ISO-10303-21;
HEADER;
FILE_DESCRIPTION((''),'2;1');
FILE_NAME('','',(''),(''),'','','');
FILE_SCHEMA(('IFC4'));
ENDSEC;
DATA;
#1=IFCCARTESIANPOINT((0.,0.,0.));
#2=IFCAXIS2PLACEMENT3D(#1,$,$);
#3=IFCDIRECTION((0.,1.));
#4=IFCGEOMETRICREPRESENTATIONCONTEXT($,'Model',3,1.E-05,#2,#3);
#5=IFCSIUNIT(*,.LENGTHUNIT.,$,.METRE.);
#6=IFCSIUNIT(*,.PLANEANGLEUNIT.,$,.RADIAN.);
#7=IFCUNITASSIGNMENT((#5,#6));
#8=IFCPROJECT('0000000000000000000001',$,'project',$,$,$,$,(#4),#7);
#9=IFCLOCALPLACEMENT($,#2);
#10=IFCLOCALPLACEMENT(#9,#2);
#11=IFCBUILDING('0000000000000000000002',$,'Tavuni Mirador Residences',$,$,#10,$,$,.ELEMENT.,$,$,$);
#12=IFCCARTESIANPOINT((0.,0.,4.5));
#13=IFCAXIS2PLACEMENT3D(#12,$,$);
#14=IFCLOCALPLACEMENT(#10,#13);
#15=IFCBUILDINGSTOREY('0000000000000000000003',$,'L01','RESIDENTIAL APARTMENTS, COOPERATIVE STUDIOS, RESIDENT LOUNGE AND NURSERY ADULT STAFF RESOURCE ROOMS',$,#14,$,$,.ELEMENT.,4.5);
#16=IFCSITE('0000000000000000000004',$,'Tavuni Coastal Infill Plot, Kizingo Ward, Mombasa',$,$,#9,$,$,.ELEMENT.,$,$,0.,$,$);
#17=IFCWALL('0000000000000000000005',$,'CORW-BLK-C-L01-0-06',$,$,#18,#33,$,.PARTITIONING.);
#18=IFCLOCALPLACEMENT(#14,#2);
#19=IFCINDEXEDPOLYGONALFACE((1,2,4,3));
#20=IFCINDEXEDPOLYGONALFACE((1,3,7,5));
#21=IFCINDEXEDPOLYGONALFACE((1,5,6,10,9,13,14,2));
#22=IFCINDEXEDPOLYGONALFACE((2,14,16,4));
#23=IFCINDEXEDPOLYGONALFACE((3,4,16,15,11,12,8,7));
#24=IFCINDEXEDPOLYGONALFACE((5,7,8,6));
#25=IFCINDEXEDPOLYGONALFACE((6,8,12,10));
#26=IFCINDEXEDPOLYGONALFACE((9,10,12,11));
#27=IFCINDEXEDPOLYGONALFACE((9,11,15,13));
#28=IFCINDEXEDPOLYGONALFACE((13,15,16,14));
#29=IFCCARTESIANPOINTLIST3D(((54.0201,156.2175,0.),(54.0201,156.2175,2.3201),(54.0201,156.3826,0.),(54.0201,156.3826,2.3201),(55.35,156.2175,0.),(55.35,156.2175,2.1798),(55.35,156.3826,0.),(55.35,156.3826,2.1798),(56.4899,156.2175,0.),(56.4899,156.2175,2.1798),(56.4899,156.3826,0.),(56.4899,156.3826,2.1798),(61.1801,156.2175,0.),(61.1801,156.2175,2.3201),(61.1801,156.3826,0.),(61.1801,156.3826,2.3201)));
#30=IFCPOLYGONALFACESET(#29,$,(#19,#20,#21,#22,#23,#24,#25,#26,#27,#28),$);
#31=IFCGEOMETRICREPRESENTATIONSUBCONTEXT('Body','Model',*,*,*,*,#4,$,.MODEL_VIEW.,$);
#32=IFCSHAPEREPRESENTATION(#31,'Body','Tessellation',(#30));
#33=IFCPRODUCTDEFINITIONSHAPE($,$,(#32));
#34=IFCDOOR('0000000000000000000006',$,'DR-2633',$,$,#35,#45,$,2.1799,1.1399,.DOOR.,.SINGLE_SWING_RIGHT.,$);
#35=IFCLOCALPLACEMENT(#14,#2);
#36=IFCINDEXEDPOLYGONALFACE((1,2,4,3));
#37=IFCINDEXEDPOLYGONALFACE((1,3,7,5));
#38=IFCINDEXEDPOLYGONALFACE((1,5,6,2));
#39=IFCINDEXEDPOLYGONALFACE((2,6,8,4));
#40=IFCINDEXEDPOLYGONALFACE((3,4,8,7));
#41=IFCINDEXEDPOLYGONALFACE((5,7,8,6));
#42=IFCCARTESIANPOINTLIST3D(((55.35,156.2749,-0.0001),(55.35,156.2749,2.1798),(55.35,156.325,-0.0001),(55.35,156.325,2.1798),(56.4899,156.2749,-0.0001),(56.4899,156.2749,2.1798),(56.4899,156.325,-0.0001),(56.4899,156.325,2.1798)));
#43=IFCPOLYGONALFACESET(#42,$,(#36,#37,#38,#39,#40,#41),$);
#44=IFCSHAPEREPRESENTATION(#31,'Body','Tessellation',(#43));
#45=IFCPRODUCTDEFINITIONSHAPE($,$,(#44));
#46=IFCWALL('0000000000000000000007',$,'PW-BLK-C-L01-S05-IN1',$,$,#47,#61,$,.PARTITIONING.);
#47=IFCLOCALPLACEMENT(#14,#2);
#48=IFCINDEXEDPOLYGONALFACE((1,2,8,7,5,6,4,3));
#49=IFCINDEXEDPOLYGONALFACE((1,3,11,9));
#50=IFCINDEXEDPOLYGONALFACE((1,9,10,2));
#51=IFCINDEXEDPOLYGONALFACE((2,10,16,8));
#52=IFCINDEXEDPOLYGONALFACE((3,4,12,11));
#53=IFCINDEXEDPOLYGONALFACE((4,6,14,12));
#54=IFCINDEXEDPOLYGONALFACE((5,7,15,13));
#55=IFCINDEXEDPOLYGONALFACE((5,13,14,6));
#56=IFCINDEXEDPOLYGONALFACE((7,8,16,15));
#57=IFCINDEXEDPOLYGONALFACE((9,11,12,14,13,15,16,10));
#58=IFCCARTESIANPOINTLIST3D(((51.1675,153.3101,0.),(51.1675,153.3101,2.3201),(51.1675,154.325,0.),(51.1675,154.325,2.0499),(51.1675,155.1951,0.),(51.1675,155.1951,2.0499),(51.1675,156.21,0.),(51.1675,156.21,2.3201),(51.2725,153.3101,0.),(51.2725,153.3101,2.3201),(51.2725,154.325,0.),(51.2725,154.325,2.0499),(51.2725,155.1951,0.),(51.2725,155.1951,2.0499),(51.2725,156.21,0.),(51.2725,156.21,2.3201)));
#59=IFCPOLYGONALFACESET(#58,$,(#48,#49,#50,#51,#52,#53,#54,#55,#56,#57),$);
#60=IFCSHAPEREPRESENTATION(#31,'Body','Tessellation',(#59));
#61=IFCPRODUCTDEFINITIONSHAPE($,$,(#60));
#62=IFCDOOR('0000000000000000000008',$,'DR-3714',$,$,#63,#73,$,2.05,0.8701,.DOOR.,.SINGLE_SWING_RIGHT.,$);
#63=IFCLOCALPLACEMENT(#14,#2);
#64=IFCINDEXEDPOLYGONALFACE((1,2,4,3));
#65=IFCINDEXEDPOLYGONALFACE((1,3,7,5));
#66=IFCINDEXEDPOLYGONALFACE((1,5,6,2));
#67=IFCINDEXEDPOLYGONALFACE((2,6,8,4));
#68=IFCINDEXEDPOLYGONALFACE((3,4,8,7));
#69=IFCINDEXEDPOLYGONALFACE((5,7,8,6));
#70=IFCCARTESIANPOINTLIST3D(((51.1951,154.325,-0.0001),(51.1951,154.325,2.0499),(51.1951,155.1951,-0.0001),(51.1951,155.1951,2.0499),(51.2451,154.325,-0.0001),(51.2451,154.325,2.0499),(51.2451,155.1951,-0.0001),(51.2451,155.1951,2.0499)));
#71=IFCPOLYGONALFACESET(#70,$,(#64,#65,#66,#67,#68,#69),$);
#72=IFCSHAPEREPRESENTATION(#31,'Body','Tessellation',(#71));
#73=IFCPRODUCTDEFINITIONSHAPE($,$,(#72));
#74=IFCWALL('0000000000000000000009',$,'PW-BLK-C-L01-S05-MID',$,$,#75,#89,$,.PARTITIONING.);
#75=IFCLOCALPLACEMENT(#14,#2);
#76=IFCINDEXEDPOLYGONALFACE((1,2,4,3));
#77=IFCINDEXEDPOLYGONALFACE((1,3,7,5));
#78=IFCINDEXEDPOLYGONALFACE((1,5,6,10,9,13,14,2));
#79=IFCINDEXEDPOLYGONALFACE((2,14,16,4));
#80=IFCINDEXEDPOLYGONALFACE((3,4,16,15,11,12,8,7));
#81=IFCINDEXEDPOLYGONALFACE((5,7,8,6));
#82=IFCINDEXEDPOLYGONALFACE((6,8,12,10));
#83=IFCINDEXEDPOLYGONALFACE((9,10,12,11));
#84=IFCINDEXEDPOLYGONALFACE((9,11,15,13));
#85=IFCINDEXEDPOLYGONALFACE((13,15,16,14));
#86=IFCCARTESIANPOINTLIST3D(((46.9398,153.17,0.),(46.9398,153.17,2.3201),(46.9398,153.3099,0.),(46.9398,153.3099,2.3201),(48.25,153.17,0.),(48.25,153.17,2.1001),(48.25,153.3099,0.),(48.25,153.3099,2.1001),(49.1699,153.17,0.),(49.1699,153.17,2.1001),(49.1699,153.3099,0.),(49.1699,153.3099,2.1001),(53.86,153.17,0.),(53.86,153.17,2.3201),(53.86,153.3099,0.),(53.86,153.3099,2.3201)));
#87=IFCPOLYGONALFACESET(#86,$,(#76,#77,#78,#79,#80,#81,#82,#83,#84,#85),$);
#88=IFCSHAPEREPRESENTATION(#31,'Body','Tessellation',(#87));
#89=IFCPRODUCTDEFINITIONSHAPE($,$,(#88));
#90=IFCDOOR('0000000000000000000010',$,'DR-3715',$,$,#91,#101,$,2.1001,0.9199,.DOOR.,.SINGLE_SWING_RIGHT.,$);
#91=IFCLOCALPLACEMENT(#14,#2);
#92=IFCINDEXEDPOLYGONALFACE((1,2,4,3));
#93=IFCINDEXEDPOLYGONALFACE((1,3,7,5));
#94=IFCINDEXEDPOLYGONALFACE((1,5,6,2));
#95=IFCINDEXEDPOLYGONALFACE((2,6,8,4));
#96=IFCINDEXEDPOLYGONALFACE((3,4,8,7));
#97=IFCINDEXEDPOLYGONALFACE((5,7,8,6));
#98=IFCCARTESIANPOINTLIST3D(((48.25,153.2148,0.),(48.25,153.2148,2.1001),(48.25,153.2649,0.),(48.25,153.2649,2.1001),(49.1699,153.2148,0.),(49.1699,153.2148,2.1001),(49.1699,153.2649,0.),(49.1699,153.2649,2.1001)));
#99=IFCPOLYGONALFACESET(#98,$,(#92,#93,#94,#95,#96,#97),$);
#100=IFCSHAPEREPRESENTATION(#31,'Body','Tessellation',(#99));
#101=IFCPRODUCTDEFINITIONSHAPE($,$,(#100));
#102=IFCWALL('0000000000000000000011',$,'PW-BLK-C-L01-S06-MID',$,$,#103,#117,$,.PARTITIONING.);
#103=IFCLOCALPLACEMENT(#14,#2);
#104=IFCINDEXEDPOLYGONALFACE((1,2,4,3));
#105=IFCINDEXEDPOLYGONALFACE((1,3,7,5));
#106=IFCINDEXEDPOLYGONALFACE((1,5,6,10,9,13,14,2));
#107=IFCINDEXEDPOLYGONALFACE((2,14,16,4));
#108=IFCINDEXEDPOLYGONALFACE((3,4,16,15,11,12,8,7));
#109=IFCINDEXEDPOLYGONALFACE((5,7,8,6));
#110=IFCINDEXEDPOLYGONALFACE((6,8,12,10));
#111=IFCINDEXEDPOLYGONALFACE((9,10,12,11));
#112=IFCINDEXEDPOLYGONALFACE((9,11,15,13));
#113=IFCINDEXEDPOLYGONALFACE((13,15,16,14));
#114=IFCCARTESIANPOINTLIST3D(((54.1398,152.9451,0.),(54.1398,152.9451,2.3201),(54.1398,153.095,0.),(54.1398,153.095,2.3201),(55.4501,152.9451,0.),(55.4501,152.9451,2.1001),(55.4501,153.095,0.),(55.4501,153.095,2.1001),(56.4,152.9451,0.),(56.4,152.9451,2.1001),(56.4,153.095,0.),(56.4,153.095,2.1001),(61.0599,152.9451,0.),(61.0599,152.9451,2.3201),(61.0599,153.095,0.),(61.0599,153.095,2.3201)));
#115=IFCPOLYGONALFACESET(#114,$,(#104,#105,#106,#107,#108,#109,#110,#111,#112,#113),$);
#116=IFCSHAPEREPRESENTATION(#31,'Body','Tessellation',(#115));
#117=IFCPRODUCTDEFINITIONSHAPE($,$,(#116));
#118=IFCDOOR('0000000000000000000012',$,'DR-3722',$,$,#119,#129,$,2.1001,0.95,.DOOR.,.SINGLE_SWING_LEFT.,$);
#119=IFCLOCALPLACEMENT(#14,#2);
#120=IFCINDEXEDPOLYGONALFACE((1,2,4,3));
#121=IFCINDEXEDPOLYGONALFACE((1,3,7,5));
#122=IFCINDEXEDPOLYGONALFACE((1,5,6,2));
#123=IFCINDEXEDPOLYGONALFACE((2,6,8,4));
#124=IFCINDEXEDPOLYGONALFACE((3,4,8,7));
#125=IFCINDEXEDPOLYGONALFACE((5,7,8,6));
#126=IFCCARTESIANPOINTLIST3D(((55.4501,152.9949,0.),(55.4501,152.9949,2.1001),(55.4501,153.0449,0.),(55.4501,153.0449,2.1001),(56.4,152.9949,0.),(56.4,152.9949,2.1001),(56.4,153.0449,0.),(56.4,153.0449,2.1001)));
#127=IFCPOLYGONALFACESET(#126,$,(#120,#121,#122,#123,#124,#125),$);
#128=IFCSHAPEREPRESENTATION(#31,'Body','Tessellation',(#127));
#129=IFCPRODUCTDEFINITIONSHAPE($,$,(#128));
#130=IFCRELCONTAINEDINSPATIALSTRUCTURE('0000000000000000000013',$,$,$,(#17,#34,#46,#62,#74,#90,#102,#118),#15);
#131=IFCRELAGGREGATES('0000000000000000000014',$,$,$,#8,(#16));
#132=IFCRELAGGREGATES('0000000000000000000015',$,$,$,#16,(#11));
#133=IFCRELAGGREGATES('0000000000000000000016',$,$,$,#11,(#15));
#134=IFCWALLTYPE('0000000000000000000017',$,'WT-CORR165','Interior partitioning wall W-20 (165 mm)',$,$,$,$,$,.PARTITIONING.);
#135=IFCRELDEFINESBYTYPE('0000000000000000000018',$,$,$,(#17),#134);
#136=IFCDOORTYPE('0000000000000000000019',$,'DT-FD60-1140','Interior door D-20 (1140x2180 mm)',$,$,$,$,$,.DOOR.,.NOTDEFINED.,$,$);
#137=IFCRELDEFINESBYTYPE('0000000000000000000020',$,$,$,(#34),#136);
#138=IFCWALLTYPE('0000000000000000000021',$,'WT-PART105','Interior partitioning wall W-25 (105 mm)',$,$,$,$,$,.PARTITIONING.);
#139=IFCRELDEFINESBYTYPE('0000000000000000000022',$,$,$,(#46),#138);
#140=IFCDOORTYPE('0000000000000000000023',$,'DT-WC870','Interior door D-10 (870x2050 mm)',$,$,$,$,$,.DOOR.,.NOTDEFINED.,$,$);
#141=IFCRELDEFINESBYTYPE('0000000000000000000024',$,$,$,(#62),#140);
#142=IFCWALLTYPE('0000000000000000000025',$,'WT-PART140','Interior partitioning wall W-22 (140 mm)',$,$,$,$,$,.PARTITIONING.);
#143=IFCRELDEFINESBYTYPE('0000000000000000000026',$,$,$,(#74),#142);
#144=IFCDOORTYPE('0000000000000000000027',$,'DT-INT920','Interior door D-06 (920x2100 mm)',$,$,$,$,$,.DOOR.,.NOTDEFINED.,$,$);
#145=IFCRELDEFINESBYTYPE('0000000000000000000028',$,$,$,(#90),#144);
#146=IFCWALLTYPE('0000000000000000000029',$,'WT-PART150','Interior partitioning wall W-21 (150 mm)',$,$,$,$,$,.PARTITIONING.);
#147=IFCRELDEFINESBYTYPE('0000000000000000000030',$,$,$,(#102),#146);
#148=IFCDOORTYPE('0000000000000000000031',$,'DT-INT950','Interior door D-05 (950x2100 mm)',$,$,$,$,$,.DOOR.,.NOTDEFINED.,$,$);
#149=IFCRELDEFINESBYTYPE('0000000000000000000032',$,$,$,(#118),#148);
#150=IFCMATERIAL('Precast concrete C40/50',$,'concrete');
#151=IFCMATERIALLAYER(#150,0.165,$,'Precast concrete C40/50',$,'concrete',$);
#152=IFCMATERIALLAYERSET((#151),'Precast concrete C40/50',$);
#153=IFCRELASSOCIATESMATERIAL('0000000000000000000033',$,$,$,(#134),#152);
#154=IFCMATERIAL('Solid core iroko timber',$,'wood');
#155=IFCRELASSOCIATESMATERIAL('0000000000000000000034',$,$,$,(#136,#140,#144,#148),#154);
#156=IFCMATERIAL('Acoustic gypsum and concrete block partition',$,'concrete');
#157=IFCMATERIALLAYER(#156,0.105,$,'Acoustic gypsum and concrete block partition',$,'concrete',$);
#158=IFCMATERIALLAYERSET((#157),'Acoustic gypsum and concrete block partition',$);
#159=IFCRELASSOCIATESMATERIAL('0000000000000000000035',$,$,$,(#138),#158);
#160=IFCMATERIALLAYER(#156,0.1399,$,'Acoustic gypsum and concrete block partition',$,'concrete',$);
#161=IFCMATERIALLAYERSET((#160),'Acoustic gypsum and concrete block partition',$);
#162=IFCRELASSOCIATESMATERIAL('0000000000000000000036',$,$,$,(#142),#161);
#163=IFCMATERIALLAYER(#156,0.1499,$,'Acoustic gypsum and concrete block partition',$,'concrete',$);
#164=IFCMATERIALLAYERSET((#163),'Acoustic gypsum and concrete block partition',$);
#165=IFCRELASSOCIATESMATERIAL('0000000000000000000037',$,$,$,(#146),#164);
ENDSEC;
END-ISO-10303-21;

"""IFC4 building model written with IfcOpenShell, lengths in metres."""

from ifc_helpers import new_model, si_unit, direction, frame, frame_2d, origin, place, context, subcontext, project, spatial, rectangle, extrude, material, layer, layer_set, type_object, element, fill, save


model = new_model("IFC4")

# Units and contexts
model_context = context("Model", 3, precision=1e-05, world=origin(), true_north=direction((0.0, 1.0)))
body_context = subcontext(model_context, "Body", "Model", "MODEL_VIEW")
ifc_project = project(units=[si_unit("LENGTHUNIT", "METRE"), si_unit("PLANEANGLEUNIT", "RADIAN")], contexts=[model_context])

# Site, building, storey
site_placement = place(None, origin())
site = spatial("IfcSite", under=ifc_project, at=site_placement, Name="Tavuni Coastal Infill Plot, Kizingo Ward, Mombasa", CompositionType="ELEMENT", RefElevation=0.0)
building_placement = place(site_placement, origin())
building = spatial("IfcBuilding", under=site, at=building_placement, Name="Tavuni Mirador Residences", CompositionType="ELEMENT")
storey_placement = place(building_placement, frame((0.0, 0.0, 4.5)))
storey = spatial("IfcBuildingStorey", under=building, at=storey_placement, Name="L01", Description="RESIDENTIAL APARTMENTS, COOPERATIVE STUDIOS, RESIDENT LOUNGE AND NURSERY ADULT STAFF RESOURCE ROOMS", CompositionType="ELEMENT", Elevation=4.5)

# Shared definitions
ifc_material_1 = material(Name="Precast concrete C40/50", Category="concrete")

# Walls, openings, doors
ifc_layer_1 = layer(ifc_material_1, 0.165, Name="Precast concrete C40/50", Category="concrete")
ifc_layer_set_1 = layer_set([ifc_layer_1], Name="Precast concrete C40/50")
wall_type_1 = type_object("IfcWallType", Name="WT-CORR165", Description="Interior partitioning wall W-20 (165 mm)", PredefinedType="PARTITIONING", material=ifc_layer_set_1)
ifc_material_2 = material(Name="Solid core iroko timber", Category="wood")
wall_1_placement = place(storey_placement, frame((54.02, 156.3, 0.0), z_axis=(0.0, 0.0, 1.0), x_axis=(1.0, 0.0, 0.0)))
wall_1 = element("IfcWall", 1, at=wall_1_placement, inside=storey, type_object=wall_type_1, Name="CORW-BLK-C-L01-0-06", PredefinedType="PARTITIONING", context=body_context, shape_type="SweptSolid", body=[
    extrude(rectangle(XDim=7.1599, YDim=0.165, at=frame_2d((3.5801, 0.0))), origin(), (0.0, 0.0, 1.0), 2.3201),
])
opening_1_placement = place(wall_1_placement, frame((1.3301, 0.0, 0.0)))
opening_1 = element("IfcOpeningElement", 2, at=opening_1_placement, cuts=wall_1, PredefinedType="OPENING", context=body_context, shape_type="SweptSolid", body=[
    extrude(rectangle(XDim=1.1399, YDim=2.1799, at=frame_2d((0.5698, 1.0898))), frame((0.0, 0.0925, 0.0), z_axis=(0.0, -1.0, 0.0), x_axis=(1.0, 0.0, 0.0)), (0.0, 0.0, 1.0), 0.1851),
])
door_type_1 = type_object("IfcDoorType", Name="DT-FD60-1140", Description="Interior door D-20 (1140x2180 mm)", OperationType="NOTDEFINED", PredefinedType="DOOR", material=ifc_material_2)
door_1_placement = place(opening_1_placement, origin())
door_1 = element("IfcDoor", 3, at=door_1_placement, inside=storey, type_object=door_type_1, Name="DR-2633", OperationType="SINGLE_SWING_RIGHT", OverallHeight=2.1799, OverallWidth=1.1399, PredefinedType="DOOR", context=body_context, shape_type="SweptSolid", body=[
    extrude(rectangle(XDim=1.1399, YDim=2.1799, at=frame_2d((0.5698, 1.0898))), frame((0.0, 0.0249, 0.0), z_axis=(0.0, -1.0, 0.0), x_axis=(1.0, 0.0, 0.0)), (0.0, 0.0, 1.0), 0.05),
])
fill(opening_1, door_1)
ifc_material_3 = material(Name="Acoustic gypsum and concrete block partition", Category="concrete")
ifc_layer_2 = layer(ifc_material_3, 0.105, Name="Acoustic gypsum and concrete block partition", Category="concrete")
ifc_layer_set_2 = layer_set([ifc_layer_2], Name="Acoustic gypsum and concrete block partition")
wall_type_2 = type_object("IfcWallType", Name="WT-PART105", Description="Interior partitioning wall W-25 (105 mm)", PredefinedType="PARTITIONING", material=ifc_layer_set_2)
wall_2_placement = place(storey_placement, frame((51.22, 153.3101, 0.0), z_axis=(0.0, 0.0, 1.0), x_axis=(0.0, 1.0, 0.0)))
wall_2 = element("IfcWall", 4, at=wall_2_placement, inside=storey, type_object=wall_type_2, Name="PW-BLK-C-L01-S05-IN1", PredefinedType="PARTITIONING", context=body_context, shape_type="SweptSolid", body=[
    extrude(rectangle(XDim=2.8999, YDim=0.105, at=frame_2d((1.45, 0.0))), origin(), (0.0, 0.0, 1.0), 2.3201),
])
opening_2_placement = place(wall_2_placement, frame((1.0149, 0.0, 0.0)))
opening_2 = element("IfcOpeningElement", 5, at=opening_2_placement, cuts=wall_2, PredefinedType="OPENING", context=body_context, shape_type="SweptSolid", body=[
    extrude(rectangle(XDim=0.8701, YDim=2.05, at=frame_2d((0.4351, 1.0249))), frame((0.0, 0.0625, 0.0), z_axis=(0.0, -1.0, 0.0), x_axis=(1.0, 0.0, 0.0)), (0.0, 0.0, 1.0), 0.125),
])
door_type_2 = type_object("IfcDoorType", Name="DT-WC870", Description="Interior door D-10 (870x2050 mm)", OperationType="NOTDEFINED", PredefinedType="DOOR", material=ifc_material_2)
door_2_placement = place(opening_2_placement, origin())
door_2 = element("IfcDoor", 6, at=door_2_placement, inside=storey, type_object=door_type_2, Name="DR-3714", OperationType="SINGLE_SWING_RIGHT", OverallHeight=2.05, OverallWidth=0.8701, PredefinedType="DOOR", context=body_context, shape_type="SweptSolid", body=[
    extrude(rectangle(XDim=0.8701, YDim=2.05, at=frame_2d((0.4351, 1.0249))), frame((0.0, 0.0249, 0.0), z_axis=(0.0, -1.0, 0.0), x_axis=(1.0, 0.0, 0.0)), (0.0, 0.0, 1.0), 0.05),
])
fill(opening_2, door_2)
ifc_layer_3 = layer(ifc_material_3, 0.1399, Name="Acoustic gypsum and concrete block partition", Category="concrete")
ifc_layer_set_3 = layer_set([ifc_layer_3], Name="Acoustic gypsum and concrete block partition")
wall_type_3 = type_object("IfcWallType", Name="WT-PART140", Description="Interior partitioning wall W-22 (140 mm)", PredefinedType="PARTITIONING", material=ifc_layer_set_3)
wall_3_placement = place(storey_placement, frame((46.9399, 153.24, 0.0), z_axis=(0.0, 0.0, 1.0), x_axis=(1.0, 0.0, 0.0)))
wall_3 = element("IfcWall", 7, at=wall_3_placement, inside=storey, type_object=wall_type_3, Name="PW-BLK-C-L01-S05-MID", PredefinedType="PARTITIONING", context=body_context, shape_type="SweptSolid", body=[
    extrude(rectangle(XDim=6.9202, YDim=0.1399, at=frame_2d((3.46, 0.0))), origin(), (0.0, 0.0, 1.0), 2.3201),
])
opening_3_placement = place(wall_3_placement, frame((1.3101, 0.0, 0.0)))
opening_3 = element("IfcOpeningElement", 8, at=opening_3_placement, cuts=wall_3, PredefinedType="OPENING", context=body_context, shape_type="SweptSolid", body=[
    extrude(rectangle(XDim=0.9199, YDim=2.1001, at=frame_2d((0.46, 1.05))), frame((0.0, 0.0801, 0.0), z_axis=(0.0, -1.0, 0.0), x_axis=(1.0, 0.0, 0.0)), (0.0, 0.0, 1.0), 0.1599),
])
door_type_3 = type_object("IfcDoorType", Name="DT-INT920", Description="Interior door D-06 (920x2100 mm)", OperationType="NOTDEFINED", PredefinedType="DOOR", material=ifc_material_2)
door_3_placement = place(opening_3_placement, origin())
door_3 = element("IfcDoor", 9, at=door_3_placement, inside=storey, type_object=door_type_3, Name="DR-3715", OperationType="SINGLE_SWING_RIGHT", OverallHeight=2.1001, OverallWidth=0.9199, PredefinedType="DOOR", context=body_context, shape_type="SweptSolid", body=[
    extrude(rectangle(XDim=0.9199, YDim=2.1001, at=frame_2d((0.46, 1.05))), frame((0.0, 0.0249, 0.0), z_axis=(0.0, -1.0, 0.0), x_axis=(1.0, 0.0, 0.0)), (0.0, 0.0, 1.0), 0.05),
])
fill(opening_3, door_3)
ifc_layer_4 = layer(ifc_material_3, 0.1499, Name="Acoustic gypsum and concrete block partition", Category="concrete")
ifc_layer_set_4 = layer_set([ifc_layer_4], Name="Acoustic gypsum and concrete block partition")
wall_type_4 = type_object("IfcWallType", Name="WT-PART150", Description="Interior partitioning wall W-21 (150 mm)", PredefinedType="PARTITIONING", material=ifc_layer_set_4)
wall_4_placement = place(storey_placement, frame((54.1399, 153.02, 0.0), z_axis=(0.0, 0.0, 1.0), x_axis=(1.0, 0.0, 0.0)))
wall_4 = element("IfcWall", 10, at=wall_4_placement, inside=storey, type_object=wall_type_4, Name="PW-BLK-C-L01-S06-MID", PredefinedType="PARTITIONING", context=body_context, shape_type="SweptSolid", body=[
    extrude(rectangle(XDim=6.9202, YDim=0.1499, at=frame_2d((3.46, 0.0))), origin(), (0.0, 0.0, 1.0), 2.3201),
])
opening_4_placement = place(wall_4_placement, frame((1.3101, 0.0, 0.0)))
opening_4 = element("IfcOpeningElement", 11, at=opening_4_placement, cuts=wall_4, PredefinedType="OPENING", context=body_context, shape_type="SweptSolid", body=[
    extrude(rectangle(XDim=0.95, YDim=2.1001, at=frame_2d((0.4751, 1.05))), frame((0.0, 0.085, 0.0), z_axis=(0.0, -1.0, 0.0), x_axis=(1.0, 0.0, 0.0)), (0.0, 0.0, 1.0), 0.1699),
])
door_type_4 = type_object("IfcDoorType", Name="DT-INT950", Description="Interior door D-05 (950x2100 mm)", OperationType="NOTDEFINED", PredefinedType="DOOR", material=ifc_material_2)
door_4_placement = place(opening_4_placement, origin())
door_4 = element("IfcDoor", 12, at=door_4_placement, inside=storey, type_object=door_type_4, Name="DR-3722", OperationType="SINGLE_SWING_LEFT", OverallHeight=2.1001, OverallWidth=0.95, PredefinedType="DOOR", context=body_context, shape_type="SweptSolid", body=[
    extrude(rectangle(XDim=0.95, YDim=2.1001, at=frame_2d((0.4751, 1.05))), frame((0.0, 0.0249, 0.0), z_axis=(0.0, -1.0, 0.0), x_axis=(1.0, 0.0, 0.0)), (0.0, 0.0, 1.0), 0.05),
])
fill(opening_4, door_4)

save(model, "model.ifc")
